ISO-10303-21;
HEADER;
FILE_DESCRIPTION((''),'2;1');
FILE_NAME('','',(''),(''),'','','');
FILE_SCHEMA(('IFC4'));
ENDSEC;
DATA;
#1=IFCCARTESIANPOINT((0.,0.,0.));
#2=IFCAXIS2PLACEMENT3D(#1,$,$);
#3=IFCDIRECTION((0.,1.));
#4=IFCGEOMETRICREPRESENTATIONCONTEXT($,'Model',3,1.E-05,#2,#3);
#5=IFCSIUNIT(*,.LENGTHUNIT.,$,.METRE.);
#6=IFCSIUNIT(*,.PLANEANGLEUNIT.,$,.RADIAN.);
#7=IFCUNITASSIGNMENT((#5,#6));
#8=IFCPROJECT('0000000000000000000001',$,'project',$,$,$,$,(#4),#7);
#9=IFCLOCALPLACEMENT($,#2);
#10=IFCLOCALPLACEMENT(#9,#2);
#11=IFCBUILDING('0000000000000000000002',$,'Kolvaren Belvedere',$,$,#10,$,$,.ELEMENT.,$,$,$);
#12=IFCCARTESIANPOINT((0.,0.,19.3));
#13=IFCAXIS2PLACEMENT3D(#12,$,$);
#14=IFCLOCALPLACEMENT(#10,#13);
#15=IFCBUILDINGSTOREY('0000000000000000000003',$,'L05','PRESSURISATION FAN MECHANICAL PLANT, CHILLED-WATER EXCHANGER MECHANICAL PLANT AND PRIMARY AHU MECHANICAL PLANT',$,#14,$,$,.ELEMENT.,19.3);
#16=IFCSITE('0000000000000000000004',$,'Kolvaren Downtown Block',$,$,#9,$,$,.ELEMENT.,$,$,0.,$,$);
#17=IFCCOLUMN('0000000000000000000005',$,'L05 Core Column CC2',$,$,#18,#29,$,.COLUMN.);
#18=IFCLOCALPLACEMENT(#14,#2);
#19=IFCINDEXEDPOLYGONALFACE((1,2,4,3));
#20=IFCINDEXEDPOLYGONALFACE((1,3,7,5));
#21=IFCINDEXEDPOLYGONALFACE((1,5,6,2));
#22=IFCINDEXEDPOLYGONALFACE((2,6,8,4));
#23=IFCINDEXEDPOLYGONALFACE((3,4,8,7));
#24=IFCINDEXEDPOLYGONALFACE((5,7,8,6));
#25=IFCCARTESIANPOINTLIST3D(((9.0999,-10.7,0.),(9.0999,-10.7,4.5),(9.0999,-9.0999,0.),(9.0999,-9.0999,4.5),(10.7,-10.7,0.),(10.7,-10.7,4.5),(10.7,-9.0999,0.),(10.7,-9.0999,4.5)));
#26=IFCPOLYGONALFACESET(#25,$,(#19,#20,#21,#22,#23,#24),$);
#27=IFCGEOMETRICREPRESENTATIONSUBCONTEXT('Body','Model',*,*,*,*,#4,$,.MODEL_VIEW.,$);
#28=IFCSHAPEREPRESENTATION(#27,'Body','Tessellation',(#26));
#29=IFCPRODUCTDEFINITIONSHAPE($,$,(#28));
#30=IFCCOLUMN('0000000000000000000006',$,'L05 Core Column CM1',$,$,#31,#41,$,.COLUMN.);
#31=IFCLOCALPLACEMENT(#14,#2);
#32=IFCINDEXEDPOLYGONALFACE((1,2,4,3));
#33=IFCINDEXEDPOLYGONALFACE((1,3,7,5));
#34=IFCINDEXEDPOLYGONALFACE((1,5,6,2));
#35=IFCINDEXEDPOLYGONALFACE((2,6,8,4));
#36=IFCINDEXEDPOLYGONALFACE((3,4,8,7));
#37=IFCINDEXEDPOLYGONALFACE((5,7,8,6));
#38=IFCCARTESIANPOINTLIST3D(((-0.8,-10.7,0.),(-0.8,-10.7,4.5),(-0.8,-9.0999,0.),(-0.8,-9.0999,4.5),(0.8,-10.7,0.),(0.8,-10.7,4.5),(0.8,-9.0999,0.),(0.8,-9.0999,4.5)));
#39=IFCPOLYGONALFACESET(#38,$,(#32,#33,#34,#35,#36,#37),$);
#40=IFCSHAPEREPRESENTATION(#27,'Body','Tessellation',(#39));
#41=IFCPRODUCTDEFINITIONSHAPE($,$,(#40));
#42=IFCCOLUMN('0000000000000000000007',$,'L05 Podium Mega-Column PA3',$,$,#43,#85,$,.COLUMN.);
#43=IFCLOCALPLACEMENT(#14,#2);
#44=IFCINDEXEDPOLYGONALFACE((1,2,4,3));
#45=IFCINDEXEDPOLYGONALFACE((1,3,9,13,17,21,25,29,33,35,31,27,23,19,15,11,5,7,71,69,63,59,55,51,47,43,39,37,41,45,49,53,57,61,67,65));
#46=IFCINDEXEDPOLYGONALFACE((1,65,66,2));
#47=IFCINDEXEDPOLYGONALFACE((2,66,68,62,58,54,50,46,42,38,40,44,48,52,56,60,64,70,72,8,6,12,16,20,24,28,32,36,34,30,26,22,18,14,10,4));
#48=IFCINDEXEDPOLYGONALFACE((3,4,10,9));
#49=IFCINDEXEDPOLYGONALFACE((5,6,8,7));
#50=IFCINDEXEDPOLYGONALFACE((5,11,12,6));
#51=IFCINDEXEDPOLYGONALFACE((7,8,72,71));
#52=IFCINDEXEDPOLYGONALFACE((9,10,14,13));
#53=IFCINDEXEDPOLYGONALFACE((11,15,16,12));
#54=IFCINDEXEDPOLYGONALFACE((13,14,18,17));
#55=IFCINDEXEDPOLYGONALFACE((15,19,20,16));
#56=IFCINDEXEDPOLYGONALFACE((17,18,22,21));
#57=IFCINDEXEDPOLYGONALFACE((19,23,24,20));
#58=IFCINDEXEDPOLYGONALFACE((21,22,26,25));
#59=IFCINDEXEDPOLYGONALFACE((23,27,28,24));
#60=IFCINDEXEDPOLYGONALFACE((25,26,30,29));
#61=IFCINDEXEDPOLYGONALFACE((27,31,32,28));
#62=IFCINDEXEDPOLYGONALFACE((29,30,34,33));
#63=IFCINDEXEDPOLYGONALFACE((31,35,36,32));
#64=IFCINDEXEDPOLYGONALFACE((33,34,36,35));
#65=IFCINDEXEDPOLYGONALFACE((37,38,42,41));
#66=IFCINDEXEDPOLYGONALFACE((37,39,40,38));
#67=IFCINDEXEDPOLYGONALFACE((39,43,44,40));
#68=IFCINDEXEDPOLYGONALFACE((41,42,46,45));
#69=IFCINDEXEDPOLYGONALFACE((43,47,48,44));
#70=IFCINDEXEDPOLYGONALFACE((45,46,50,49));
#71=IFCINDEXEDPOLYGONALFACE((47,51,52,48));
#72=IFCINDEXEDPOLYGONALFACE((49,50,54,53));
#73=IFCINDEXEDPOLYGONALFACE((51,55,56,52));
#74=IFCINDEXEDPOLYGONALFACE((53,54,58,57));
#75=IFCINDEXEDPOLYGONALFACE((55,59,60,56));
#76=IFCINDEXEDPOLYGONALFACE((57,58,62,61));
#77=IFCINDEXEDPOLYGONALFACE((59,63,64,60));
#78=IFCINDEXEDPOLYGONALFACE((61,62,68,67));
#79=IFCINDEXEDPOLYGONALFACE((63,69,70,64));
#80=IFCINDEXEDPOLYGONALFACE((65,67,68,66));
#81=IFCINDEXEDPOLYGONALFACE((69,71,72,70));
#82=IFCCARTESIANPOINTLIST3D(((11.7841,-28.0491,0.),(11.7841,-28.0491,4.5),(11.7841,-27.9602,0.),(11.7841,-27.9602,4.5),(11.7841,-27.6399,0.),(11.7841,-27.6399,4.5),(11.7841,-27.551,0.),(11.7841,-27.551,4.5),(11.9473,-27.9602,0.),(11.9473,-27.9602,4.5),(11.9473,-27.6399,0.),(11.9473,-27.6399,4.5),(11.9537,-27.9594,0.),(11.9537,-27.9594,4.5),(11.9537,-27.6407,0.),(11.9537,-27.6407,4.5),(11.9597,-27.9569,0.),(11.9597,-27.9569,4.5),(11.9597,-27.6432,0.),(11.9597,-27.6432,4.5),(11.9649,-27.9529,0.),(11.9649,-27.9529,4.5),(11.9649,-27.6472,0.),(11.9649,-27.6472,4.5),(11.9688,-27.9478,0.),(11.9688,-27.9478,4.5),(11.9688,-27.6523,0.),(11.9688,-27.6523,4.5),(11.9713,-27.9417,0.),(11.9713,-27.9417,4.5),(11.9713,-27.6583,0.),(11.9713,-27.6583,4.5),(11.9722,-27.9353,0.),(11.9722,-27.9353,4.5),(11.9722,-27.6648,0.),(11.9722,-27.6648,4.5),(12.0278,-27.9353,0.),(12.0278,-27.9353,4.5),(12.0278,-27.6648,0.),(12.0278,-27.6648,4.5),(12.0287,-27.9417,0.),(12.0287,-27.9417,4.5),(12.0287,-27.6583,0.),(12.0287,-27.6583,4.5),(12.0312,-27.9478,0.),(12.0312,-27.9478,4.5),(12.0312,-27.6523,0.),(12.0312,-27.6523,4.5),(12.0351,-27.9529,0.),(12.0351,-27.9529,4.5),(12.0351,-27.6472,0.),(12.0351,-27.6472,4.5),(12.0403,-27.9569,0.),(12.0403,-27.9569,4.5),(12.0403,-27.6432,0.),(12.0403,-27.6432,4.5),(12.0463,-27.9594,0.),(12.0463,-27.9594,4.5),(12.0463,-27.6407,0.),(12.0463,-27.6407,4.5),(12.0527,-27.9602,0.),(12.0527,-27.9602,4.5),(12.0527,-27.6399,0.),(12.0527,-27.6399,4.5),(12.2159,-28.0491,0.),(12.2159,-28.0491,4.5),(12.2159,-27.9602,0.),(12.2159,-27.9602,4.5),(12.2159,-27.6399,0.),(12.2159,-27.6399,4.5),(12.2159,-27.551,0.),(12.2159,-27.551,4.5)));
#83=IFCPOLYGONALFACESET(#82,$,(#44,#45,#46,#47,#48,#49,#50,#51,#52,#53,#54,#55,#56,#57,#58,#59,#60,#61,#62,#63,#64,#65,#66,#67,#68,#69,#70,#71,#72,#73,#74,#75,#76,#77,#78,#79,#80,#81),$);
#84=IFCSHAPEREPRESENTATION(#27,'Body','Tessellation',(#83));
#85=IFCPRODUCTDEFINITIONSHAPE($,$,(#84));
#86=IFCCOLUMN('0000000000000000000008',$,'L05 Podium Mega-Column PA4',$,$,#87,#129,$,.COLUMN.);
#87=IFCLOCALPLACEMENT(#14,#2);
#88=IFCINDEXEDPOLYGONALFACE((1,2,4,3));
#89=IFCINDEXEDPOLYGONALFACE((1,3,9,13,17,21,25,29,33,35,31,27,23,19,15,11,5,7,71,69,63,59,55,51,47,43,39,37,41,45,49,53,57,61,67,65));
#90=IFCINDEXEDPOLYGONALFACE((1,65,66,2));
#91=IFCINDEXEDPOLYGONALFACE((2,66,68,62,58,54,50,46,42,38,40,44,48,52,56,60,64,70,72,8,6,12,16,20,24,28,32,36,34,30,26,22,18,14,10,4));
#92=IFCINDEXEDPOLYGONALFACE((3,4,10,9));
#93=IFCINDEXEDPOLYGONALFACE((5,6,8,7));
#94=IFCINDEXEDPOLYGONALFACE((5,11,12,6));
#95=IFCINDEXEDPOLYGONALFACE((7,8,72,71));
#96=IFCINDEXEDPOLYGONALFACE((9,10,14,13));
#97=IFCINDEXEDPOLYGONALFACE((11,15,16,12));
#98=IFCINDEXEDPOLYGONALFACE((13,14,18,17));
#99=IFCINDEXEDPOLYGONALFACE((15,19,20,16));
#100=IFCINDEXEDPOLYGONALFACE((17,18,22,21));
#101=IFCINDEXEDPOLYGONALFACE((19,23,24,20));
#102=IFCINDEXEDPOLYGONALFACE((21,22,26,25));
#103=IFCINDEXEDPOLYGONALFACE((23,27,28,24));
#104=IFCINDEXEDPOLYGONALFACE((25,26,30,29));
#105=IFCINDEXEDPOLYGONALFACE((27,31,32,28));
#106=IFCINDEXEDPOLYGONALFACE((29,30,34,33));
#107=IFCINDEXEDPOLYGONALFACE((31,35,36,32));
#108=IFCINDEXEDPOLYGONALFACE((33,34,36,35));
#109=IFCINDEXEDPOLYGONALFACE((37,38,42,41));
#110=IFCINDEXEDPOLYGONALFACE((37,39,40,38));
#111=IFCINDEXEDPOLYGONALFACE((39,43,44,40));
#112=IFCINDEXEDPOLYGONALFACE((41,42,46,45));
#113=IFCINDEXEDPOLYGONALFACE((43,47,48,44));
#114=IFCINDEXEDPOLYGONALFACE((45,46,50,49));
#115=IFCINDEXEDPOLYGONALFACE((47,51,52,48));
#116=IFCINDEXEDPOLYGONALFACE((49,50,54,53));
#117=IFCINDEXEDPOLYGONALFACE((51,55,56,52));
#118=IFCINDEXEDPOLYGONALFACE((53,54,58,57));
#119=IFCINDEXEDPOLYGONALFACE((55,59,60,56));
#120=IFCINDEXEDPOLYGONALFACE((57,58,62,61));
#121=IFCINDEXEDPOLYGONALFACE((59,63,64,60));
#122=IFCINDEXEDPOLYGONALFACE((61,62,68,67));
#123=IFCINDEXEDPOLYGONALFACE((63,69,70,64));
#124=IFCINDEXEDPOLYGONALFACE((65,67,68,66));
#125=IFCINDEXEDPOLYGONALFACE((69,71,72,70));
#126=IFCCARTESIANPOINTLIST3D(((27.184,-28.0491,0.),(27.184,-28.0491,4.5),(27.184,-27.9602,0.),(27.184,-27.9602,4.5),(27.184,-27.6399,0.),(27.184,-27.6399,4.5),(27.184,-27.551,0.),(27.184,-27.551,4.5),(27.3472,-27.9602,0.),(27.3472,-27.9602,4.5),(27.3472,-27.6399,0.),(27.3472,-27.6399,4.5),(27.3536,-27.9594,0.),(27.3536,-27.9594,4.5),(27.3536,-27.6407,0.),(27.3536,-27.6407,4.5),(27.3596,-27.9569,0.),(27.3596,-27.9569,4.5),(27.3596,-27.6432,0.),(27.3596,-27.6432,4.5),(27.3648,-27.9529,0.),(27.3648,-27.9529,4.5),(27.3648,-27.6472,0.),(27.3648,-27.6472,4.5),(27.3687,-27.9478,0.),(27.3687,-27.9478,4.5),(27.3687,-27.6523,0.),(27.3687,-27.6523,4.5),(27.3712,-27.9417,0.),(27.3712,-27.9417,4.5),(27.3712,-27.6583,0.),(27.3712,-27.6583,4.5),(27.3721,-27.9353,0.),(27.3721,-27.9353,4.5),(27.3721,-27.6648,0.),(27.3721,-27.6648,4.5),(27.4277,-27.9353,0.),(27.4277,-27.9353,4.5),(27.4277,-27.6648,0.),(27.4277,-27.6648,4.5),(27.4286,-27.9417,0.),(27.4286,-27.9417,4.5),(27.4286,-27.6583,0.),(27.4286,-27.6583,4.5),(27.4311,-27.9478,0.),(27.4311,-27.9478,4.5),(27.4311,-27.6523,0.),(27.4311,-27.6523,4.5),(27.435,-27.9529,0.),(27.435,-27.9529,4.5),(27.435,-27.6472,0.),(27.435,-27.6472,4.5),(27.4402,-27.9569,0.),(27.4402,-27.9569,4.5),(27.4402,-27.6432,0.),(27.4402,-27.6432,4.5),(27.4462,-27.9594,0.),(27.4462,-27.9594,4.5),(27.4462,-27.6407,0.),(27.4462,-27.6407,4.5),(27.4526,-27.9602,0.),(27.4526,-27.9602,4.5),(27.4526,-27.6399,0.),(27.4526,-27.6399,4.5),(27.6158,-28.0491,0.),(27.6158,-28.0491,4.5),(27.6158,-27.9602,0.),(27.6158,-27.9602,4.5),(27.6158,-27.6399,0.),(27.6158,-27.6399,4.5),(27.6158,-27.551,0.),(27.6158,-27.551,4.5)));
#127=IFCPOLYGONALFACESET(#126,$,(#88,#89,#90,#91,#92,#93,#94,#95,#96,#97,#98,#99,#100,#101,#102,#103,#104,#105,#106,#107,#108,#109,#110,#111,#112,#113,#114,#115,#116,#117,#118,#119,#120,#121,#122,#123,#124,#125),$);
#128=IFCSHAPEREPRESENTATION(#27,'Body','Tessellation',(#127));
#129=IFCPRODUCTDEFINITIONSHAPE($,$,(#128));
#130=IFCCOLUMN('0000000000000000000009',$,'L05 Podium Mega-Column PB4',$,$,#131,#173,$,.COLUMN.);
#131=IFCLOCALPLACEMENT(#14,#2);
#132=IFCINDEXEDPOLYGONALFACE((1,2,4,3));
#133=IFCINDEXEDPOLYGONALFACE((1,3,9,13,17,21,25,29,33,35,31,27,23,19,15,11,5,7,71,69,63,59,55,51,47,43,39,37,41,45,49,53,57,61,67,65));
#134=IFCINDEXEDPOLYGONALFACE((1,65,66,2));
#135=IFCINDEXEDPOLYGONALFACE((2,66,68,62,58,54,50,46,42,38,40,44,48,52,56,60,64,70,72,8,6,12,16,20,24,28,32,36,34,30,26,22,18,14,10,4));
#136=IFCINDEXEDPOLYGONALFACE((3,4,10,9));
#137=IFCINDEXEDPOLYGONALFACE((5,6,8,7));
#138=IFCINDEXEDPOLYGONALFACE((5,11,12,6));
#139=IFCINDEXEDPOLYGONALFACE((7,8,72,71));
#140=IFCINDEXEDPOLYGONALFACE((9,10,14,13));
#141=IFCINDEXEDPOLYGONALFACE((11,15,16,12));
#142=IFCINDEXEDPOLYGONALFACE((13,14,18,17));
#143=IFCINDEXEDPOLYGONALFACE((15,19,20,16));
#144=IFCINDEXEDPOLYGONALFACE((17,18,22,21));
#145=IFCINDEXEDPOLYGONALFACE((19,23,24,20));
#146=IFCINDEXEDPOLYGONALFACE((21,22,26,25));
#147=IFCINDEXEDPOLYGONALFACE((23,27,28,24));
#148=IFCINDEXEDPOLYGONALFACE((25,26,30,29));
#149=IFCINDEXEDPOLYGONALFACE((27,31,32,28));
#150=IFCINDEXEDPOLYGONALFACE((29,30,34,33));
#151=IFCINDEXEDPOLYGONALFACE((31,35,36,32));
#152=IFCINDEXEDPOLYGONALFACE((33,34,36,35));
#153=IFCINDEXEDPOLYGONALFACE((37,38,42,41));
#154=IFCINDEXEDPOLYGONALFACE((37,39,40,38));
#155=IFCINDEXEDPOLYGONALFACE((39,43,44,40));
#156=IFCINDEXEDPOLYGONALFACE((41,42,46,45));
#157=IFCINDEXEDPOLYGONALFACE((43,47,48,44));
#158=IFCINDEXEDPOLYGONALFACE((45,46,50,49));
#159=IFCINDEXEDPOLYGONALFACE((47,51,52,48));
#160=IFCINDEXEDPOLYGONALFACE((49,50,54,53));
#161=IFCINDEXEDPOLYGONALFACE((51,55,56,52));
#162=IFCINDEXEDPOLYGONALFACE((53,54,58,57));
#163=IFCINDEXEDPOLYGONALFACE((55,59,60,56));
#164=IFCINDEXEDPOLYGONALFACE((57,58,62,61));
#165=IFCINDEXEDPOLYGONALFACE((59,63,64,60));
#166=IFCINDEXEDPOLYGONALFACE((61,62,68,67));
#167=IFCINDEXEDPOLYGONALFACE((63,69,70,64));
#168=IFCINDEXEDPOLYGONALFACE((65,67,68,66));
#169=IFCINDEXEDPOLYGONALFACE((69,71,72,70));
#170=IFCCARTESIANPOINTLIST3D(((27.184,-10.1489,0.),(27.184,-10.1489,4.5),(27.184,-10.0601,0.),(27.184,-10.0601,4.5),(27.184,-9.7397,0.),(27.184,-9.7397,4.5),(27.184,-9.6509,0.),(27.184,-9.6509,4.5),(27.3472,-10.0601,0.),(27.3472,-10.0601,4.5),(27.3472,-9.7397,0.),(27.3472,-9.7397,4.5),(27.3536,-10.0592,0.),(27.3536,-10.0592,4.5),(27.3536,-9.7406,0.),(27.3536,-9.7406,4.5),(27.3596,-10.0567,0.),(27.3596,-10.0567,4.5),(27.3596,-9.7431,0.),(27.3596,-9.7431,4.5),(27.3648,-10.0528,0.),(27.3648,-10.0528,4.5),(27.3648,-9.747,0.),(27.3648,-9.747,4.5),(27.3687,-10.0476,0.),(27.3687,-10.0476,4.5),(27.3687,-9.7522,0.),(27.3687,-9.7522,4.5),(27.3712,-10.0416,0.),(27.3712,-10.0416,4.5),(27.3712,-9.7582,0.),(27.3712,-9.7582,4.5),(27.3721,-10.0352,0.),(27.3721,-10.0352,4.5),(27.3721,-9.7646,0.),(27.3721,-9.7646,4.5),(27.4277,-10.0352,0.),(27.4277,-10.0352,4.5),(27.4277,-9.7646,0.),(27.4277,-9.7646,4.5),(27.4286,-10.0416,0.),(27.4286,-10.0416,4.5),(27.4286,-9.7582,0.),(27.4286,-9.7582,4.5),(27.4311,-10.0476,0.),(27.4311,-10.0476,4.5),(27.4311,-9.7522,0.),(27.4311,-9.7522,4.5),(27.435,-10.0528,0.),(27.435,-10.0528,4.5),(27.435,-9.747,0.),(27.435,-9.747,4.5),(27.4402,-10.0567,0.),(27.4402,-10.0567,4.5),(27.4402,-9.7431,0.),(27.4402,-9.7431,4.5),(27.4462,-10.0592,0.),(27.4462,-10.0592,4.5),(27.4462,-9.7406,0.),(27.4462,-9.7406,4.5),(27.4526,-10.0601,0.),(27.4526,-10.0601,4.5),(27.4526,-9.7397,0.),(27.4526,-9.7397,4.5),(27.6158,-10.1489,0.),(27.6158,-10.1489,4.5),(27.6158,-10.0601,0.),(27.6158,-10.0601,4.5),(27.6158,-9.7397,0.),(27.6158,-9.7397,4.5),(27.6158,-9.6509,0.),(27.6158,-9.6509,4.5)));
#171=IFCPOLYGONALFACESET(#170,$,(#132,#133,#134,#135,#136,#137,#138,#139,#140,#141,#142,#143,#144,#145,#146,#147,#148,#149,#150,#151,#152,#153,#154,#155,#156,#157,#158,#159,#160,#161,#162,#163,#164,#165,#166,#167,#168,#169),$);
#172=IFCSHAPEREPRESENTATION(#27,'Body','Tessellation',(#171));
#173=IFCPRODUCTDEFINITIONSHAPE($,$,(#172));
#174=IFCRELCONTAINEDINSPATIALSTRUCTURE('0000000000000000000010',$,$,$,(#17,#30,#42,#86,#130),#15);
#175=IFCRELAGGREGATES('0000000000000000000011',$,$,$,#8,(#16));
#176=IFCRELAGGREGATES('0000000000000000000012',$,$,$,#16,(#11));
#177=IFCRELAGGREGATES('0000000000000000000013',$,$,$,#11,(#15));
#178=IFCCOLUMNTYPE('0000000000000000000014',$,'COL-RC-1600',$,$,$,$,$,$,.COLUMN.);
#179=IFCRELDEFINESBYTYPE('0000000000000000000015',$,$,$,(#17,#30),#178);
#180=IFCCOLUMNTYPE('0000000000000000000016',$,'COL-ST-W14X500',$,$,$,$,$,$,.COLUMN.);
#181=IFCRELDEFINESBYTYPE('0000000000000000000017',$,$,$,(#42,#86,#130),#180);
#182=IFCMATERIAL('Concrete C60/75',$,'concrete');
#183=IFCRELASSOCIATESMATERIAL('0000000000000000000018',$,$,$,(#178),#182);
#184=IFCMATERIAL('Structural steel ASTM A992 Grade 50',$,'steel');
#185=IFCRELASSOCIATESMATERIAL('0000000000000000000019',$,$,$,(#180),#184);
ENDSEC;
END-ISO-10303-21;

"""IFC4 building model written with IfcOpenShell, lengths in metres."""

from ifc_helpers import new_model, si_unit, direction, frame, origin, origin_2d, place, context, subcontext, project, spatial, rectangle, i_section, extrude, material, material_profile, profile_set, type_object, element, save


model = new_model("IFC4")

# Units and contexts
model_context = context("Model", 3, precision=1e-05, world=origin(), true_north=direction((0.0, 1.0)))
body_context = subcontext(model_context, "Body", "Model", "MODEL_VIEW")
ifc_project = project(units=[si_unit("LENGTHUNIT", "METRE"), si_unit("PLANEANGLEUNIT", "RADIAN")], contexts=[model_context])

# Site, building, storey
site_placement = place(None, origin())
site = spatial("IfcSite", under=ifc_project, at=site_placement, Name="Kolvaren Downtown Block", CompositionType="ELEMENT", RefElevation=0.0)
building_placement = place(site_placement, origin())
building = spatial("IfcBuilding", under=site, at=building_placement, Name="Kolvaren Belvedere", CompositionType="ELEMENT")
storey_placement = place(building_placement, frame((0.0, 0.0, 19.3)))
storey = spatial("IfcBuildingStorey", under=building, at=storey_placement, Name="L05", Description="PRESSURISATION FAN MECHANICAL PLANT, CHILLED-WATER EXCHANGER MECHANICAL PLANT AND PRIMARY AHU MECHANICAL PLANT", CompositionType="ELEMENT", Elevation=19.3)

# Columns
ifc_material_1 = material(Name="Concrete C60/75", Category="concrete")
ifc_material_profile_1 = material_profile(ifc_material_1, rectangle(XDim=1.6001, YDim=1.6001, at=origin_2d()), Name="RC 1600X1600")
ifc_profile_set_1 = profile_set([ifc_material_profile_1], Name="Concrete C60/75")
column_type_1 = type_object("IfcColumnType", Name="COL-RC-1600", PredefinedType="COLUMN", material=ifc_profile_set_1)
for number, where, z_axis, x_axis, name in (
    (1, (9.8999, -9.8999, 0.0), (0.0, 0.0, 1.0), (1.0, 0.0, 0.0), "L05 Core Column CC2"),
    (2, (0.0, -9.8999, 0.0), (0.0, 0.0, 1.0), (1.0, 0.0, 0.0), "L05 Core Column CM1"),
):
    element("IfcColumn", number, at=place(storey_placement, frame(where, z_axis=z_axis, x_axis=x_axis)), inside=storey, type_object=column_type_1, Name=name, PredefinedType="COLUMN", context=body_context, shape_type="SweptSolid", body=[
        extrude(rectangle(XDim=1.6001, YDim=1.6001, at=origin_2d()), origin(), (0.0, 0.0, 1.0), 4.5),
    ])
ifc_material_2 = material(Name="Structural steel ASTM A992 Grade 50", Category="steel")
ifc_material_profile_2 = material_profile(ifc_material_2, i_section(OverallWidth=0.4319, OverallDepth=0.498, WebThickness=0.0557, FlangeThickness=0.0889, FilletRadius=0.0249, at=origin_2d()), Name="W14X500")
ifc_profile_set_2 = profile_set([ifc_material_profile_2], Name="Structural steel ASTM A992 Grade 50")
column_type_2 = type_object("IfcColumnType", Name="COL-ST-W14X500", PredefinedType="COLUMN", material=ifc_profile_set_2)
for number, where, z_axis, x_axis, name in (
    (3, (12.0, -27.8, 0.0), (0.0, 0.0, 1.0), (1.0, 0.0, 0.0), "L05 Podium Mega-Column PA3"),
    (4, (27.3999, -27.8, 0.0), (0.0, 0.0, 1.0), (1.0, 0.0, 0.0), "L05 Podium Mega-Column PA4"),
    (5, (27.3999, -9.8999, 0.0), (0.0, 0.0, 1.0), (1.0, 0.0, 0.0), "L05 Podium Mega-Column PB4"),
):
    element("IfcColumn", number, at=place(storey_placement, frame(where, z_axis=z_axis, x_axis=x_axis)), inside=storey, type_object=column_type_2, Name=name, PredefinedType="COLUMN", context=body_context, shape_type="SweptSolid", body=[
        extrude(i_section(OverallWidth=0.4319, OverallDepth=0.498, WebThickness=0.0557, FlangeThickness=0.0889, FilletRadius=0.0249, at=origin_2d()), origin(), (0.0, 0.0, 1.0), 4.5),
    ])

save(model, "model.ifc")
